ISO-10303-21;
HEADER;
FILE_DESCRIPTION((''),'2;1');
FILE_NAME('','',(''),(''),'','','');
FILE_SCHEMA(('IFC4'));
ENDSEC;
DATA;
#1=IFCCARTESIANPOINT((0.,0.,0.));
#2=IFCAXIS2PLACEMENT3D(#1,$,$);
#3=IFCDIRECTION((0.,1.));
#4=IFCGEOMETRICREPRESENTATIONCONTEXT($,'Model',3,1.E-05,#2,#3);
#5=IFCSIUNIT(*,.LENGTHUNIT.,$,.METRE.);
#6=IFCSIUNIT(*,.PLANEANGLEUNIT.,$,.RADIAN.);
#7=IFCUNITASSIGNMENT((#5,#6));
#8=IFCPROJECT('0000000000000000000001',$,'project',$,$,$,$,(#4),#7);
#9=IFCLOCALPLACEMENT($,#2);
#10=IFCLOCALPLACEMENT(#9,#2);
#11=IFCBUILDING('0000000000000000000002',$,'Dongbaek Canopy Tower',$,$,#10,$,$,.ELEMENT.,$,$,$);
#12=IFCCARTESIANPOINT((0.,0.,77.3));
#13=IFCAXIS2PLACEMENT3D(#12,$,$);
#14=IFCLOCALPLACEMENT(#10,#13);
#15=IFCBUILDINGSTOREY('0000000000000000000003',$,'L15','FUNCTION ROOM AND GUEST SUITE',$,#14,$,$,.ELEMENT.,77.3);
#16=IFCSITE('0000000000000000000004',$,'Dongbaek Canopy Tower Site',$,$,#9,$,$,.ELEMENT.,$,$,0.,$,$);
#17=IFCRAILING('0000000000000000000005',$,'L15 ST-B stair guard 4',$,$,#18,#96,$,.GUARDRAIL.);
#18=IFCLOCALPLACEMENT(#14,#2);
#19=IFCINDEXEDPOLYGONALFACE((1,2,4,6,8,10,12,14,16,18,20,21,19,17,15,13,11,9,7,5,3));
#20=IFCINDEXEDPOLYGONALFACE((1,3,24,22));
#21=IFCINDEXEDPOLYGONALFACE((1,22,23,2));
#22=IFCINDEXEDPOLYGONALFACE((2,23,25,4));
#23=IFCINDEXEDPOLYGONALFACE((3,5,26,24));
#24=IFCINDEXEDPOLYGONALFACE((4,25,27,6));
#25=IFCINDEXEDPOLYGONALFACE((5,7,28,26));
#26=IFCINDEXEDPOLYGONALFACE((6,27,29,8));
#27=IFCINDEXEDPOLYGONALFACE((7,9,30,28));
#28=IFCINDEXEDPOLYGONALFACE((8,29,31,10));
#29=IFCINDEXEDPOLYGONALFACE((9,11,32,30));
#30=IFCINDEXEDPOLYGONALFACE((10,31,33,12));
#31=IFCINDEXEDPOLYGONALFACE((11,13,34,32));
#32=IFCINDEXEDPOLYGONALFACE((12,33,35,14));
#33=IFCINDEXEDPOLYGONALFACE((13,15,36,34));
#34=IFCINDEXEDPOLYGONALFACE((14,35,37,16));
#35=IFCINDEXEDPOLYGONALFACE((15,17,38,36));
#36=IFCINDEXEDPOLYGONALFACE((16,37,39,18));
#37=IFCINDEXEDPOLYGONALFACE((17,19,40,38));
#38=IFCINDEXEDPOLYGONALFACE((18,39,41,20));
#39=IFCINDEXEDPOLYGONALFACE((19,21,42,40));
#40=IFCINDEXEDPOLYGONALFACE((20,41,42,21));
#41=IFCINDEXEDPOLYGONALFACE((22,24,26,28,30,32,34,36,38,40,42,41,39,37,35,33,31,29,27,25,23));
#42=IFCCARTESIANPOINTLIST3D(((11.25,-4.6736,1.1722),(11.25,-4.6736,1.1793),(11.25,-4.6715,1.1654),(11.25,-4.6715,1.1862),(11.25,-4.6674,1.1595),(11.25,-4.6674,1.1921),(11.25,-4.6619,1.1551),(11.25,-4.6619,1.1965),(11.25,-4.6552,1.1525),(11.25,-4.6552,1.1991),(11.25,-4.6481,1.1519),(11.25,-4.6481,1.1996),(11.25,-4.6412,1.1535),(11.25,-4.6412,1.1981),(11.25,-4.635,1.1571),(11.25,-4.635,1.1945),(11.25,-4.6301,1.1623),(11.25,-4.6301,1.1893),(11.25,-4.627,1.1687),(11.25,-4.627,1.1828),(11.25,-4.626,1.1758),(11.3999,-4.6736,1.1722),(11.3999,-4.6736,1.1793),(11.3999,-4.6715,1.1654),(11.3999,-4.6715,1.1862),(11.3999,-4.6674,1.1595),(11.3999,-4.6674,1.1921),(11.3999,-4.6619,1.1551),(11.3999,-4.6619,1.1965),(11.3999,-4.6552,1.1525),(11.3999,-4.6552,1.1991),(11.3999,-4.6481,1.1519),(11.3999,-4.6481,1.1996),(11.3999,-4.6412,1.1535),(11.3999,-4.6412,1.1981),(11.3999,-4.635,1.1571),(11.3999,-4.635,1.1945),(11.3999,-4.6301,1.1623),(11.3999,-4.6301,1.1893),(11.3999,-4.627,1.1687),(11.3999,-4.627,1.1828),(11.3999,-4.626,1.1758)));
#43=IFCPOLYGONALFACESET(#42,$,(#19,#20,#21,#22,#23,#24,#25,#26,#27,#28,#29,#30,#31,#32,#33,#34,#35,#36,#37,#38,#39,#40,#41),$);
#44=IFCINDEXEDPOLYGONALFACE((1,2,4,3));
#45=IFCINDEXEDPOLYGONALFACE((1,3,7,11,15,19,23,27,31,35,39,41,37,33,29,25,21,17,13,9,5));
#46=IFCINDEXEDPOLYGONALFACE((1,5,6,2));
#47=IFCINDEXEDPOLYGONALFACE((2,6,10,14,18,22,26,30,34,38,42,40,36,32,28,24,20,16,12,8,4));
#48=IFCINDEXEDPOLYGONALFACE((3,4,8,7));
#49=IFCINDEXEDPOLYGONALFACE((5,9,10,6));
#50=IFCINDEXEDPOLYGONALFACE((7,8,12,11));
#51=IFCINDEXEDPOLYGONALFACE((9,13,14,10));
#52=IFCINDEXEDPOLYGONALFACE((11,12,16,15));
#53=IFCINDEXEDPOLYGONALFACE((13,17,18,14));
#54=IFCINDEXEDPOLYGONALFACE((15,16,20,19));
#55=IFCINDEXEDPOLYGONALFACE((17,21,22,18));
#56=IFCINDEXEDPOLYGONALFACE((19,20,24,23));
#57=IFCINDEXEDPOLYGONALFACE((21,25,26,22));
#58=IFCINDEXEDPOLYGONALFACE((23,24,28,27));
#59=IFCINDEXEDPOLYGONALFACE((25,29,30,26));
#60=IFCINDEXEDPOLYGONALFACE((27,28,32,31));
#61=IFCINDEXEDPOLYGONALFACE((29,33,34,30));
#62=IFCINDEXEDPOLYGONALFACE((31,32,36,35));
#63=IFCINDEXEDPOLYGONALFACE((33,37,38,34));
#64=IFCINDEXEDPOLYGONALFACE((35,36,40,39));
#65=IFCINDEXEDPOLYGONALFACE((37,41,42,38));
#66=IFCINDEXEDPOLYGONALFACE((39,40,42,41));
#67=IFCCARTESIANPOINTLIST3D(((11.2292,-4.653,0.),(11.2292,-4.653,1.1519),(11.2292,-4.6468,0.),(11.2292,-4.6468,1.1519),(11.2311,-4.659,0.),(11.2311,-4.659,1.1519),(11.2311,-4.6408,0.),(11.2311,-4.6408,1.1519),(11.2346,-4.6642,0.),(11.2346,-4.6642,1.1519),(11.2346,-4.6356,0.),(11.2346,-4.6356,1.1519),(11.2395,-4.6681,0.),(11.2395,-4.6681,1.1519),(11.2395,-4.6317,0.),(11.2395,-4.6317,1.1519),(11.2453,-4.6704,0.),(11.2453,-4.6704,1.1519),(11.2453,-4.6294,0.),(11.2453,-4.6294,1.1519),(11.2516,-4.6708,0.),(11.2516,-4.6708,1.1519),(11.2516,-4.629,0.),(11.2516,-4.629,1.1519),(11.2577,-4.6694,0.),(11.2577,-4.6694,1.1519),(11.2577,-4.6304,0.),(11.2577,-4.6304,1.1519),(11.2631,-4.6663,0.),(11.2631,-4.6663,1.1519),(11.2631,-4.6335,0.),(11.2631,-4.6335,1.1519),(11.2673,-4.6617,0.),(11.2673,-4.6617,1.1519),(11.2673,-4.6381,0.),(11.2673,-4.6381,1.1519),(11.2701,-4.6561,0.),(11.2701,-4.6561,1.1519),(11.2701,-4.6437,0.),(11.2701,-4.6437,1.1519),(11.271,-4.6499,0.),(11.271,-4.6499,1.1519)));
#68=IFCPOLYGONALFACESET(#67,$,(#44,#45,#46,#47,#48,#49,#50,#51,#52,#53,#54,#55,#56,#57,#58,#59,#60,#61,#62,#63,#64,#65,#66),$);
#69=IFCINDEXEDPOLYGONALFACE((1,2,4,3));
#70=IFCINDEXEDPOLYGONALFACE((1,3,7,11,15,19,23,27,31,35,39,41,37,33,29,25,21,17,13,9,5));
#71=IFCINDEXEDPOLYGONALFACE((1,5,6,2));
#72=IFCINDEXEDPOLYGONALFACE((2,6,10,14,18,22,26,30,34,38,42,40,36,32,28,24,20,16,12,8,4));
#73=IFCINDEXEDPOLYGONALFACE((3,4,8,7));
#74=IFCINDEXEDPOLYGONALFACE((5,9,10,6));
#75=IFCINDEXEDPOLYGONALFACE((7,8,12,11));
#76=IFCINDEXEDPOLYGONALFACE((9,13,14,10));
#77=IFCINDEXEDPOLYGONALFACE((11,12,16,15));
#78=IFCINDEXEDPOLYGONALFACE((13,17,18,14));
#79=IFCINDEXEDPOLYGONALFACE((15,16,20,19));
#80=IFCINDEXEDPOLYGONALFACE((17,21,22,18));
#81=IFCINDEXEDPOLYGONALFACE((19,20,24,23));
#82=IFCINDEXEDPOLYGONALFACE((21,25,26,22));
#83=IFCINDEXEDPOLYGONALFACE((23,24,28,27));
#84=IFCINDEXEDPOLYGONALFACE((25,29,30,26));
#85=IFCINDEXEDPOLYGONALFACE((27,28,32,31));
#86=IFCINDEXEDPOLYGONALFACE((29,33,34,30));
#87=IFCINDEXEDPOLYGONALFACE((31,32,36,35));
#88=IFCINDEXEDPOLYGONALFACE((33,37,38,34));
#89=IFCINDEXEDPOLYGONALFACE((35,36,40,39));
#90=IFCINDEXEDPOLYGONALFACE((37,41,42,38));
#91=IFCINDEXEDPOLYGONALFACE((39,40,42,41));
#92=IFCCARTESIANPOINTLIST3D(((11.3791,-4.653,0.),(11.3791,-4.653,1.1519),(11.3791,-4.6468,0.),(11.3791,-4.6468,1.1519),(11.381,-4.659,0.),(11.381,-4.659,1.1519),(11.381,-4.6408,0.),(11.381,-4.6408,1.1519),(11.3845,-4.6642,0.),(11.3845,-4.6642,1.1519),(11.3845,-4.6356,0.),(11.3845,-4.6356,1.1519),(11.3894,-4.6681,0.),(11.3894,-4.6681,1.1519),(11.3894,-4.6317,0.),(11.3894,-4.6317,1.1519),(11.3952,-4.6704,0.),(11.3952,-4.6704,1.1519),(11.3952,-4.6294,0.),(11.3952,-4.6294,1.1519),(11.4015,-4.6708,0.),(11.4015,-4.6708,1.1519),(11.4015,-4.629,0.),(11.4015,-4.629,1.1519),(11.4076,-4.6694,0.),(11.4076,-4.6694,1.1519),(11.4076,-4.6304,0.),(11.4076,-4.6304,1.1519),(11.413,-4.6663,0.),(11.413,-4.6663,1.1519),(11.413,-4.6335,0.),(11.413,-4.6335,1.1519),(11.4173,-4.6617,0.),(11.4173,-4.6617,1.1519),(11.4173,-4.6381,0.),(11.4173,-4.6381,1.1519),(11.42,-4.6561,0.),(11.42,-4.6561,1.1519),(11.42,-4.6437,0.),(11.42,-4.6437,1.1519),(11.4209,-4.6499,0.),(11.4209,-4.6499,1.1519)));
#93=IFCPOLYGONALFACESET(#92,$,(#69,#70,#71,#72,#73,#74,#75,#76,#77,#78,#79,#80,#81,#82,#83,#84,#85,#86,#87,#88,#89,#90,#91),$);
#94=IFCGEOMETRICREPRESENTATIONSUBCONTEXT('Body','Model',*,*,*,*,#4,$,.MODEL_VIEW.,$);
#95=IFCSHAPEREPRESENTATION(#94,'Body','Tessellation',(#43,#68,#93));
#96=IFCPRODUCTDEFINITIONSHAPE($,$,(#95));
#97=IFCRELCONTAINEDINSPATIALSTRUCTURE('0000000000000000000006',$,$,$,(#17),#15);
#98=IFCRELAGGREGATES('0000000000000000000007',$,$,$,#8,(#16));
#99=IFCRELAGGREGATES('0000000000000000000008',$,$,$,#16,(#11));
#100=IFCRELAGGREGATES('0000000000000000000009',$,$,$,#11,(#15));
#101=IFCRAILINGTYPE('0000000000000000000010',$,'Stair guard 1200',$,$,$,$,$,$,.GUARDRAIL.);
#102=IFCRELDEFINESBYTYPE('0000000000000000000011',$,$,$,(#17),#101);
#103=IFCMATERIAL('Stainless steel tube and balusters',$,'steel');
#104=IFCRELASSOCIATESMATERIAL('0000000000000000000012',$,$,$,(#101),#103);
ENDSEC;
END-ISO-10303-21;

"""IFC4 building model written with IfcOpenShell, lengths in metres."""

from ifc_helpers import new_model, si_unit, direction, frame, origin, origin_2d, place, context, subcontext, project, spatial, circle, extrude, material, type_object, element, save


model = new_model("IFC4")

# Units and contexts
model_context = context("Model", 3, precision=1e-05, world=origin(), true_north=direction((0.0, 1.0)))
body_context = subcontext(model_context, "Body", "Model", "MODEL_VIEW")
ifc_project = project(units=[si_unit("LENGTHUNIT", "METRE"), si_unit("PLANEANGLEUNIT", "RADIAN")], contexts=[model_context])

# Site, building, storey
site_placement = place(None, origin())
site = spatial("IfcSite", under=ifc_project, at=site_placement, Name="Dongbaek Canopy Tower Site", CompositionType="ELEMENT", RefElevation=0.0)
building_placement = place(site_placement, origin())
building = spatial("IfcBuilding", under=site, at=building_placement, Name="Dongbaek Canopy Tower", CompositionType="ELEMENT")
storey_placement = place(building_placement, frame((0.0, 0.0, 77.3)))
storey = spatial("IfcBuildingStorey", under=building, at=storey_placement, Name="L15", Description="FUNCTION ROOM AND GUEST SUITE", CompositionType="ELEMENT", Elevation=77.3)

# Railing
ifc_material_1 = material(Name="Stainless steel tube and balusters", Category="steel")
railing_type_1 = type_object("IfcRailingType", Name="Stair guard 1200", PredefinedType="GUARDRAIL", material=ifc_material_1)
railing_1_placement = place(storey_placement, frame((11.25, -4.6499, 0.0)))
element("IfcRailing", 1, at=railing_1_placement, inside=storey, type_object=railing_type_1, Name="L15 ST-B stair guard 4", PredefinedType="GUARDRAIL", context=body_context, shape_type="SweptSolid", body=[
    extrude(circle(Radius=0.0239, at=origin_2d()), frame((0.0, 0.0, 1.1758), z_axis=(1.0, 0.0, 0.0), x_axis=(0.0, 1.0, 0.0)), (0.0, 0.0, 1.0), 0.1499),
    extrude(circle(Radius=0.021, at=origin_2d()), origin(), (0.0, 0.0, 1.0), 1.1519),
    extrude(circle(Radius=0.021, at=origin_2d()), frame((0.1499, 0.0, 0.0)), (0.0, 0.0, 1.0), 1.1519),
])

save(model, "model.ifc")
